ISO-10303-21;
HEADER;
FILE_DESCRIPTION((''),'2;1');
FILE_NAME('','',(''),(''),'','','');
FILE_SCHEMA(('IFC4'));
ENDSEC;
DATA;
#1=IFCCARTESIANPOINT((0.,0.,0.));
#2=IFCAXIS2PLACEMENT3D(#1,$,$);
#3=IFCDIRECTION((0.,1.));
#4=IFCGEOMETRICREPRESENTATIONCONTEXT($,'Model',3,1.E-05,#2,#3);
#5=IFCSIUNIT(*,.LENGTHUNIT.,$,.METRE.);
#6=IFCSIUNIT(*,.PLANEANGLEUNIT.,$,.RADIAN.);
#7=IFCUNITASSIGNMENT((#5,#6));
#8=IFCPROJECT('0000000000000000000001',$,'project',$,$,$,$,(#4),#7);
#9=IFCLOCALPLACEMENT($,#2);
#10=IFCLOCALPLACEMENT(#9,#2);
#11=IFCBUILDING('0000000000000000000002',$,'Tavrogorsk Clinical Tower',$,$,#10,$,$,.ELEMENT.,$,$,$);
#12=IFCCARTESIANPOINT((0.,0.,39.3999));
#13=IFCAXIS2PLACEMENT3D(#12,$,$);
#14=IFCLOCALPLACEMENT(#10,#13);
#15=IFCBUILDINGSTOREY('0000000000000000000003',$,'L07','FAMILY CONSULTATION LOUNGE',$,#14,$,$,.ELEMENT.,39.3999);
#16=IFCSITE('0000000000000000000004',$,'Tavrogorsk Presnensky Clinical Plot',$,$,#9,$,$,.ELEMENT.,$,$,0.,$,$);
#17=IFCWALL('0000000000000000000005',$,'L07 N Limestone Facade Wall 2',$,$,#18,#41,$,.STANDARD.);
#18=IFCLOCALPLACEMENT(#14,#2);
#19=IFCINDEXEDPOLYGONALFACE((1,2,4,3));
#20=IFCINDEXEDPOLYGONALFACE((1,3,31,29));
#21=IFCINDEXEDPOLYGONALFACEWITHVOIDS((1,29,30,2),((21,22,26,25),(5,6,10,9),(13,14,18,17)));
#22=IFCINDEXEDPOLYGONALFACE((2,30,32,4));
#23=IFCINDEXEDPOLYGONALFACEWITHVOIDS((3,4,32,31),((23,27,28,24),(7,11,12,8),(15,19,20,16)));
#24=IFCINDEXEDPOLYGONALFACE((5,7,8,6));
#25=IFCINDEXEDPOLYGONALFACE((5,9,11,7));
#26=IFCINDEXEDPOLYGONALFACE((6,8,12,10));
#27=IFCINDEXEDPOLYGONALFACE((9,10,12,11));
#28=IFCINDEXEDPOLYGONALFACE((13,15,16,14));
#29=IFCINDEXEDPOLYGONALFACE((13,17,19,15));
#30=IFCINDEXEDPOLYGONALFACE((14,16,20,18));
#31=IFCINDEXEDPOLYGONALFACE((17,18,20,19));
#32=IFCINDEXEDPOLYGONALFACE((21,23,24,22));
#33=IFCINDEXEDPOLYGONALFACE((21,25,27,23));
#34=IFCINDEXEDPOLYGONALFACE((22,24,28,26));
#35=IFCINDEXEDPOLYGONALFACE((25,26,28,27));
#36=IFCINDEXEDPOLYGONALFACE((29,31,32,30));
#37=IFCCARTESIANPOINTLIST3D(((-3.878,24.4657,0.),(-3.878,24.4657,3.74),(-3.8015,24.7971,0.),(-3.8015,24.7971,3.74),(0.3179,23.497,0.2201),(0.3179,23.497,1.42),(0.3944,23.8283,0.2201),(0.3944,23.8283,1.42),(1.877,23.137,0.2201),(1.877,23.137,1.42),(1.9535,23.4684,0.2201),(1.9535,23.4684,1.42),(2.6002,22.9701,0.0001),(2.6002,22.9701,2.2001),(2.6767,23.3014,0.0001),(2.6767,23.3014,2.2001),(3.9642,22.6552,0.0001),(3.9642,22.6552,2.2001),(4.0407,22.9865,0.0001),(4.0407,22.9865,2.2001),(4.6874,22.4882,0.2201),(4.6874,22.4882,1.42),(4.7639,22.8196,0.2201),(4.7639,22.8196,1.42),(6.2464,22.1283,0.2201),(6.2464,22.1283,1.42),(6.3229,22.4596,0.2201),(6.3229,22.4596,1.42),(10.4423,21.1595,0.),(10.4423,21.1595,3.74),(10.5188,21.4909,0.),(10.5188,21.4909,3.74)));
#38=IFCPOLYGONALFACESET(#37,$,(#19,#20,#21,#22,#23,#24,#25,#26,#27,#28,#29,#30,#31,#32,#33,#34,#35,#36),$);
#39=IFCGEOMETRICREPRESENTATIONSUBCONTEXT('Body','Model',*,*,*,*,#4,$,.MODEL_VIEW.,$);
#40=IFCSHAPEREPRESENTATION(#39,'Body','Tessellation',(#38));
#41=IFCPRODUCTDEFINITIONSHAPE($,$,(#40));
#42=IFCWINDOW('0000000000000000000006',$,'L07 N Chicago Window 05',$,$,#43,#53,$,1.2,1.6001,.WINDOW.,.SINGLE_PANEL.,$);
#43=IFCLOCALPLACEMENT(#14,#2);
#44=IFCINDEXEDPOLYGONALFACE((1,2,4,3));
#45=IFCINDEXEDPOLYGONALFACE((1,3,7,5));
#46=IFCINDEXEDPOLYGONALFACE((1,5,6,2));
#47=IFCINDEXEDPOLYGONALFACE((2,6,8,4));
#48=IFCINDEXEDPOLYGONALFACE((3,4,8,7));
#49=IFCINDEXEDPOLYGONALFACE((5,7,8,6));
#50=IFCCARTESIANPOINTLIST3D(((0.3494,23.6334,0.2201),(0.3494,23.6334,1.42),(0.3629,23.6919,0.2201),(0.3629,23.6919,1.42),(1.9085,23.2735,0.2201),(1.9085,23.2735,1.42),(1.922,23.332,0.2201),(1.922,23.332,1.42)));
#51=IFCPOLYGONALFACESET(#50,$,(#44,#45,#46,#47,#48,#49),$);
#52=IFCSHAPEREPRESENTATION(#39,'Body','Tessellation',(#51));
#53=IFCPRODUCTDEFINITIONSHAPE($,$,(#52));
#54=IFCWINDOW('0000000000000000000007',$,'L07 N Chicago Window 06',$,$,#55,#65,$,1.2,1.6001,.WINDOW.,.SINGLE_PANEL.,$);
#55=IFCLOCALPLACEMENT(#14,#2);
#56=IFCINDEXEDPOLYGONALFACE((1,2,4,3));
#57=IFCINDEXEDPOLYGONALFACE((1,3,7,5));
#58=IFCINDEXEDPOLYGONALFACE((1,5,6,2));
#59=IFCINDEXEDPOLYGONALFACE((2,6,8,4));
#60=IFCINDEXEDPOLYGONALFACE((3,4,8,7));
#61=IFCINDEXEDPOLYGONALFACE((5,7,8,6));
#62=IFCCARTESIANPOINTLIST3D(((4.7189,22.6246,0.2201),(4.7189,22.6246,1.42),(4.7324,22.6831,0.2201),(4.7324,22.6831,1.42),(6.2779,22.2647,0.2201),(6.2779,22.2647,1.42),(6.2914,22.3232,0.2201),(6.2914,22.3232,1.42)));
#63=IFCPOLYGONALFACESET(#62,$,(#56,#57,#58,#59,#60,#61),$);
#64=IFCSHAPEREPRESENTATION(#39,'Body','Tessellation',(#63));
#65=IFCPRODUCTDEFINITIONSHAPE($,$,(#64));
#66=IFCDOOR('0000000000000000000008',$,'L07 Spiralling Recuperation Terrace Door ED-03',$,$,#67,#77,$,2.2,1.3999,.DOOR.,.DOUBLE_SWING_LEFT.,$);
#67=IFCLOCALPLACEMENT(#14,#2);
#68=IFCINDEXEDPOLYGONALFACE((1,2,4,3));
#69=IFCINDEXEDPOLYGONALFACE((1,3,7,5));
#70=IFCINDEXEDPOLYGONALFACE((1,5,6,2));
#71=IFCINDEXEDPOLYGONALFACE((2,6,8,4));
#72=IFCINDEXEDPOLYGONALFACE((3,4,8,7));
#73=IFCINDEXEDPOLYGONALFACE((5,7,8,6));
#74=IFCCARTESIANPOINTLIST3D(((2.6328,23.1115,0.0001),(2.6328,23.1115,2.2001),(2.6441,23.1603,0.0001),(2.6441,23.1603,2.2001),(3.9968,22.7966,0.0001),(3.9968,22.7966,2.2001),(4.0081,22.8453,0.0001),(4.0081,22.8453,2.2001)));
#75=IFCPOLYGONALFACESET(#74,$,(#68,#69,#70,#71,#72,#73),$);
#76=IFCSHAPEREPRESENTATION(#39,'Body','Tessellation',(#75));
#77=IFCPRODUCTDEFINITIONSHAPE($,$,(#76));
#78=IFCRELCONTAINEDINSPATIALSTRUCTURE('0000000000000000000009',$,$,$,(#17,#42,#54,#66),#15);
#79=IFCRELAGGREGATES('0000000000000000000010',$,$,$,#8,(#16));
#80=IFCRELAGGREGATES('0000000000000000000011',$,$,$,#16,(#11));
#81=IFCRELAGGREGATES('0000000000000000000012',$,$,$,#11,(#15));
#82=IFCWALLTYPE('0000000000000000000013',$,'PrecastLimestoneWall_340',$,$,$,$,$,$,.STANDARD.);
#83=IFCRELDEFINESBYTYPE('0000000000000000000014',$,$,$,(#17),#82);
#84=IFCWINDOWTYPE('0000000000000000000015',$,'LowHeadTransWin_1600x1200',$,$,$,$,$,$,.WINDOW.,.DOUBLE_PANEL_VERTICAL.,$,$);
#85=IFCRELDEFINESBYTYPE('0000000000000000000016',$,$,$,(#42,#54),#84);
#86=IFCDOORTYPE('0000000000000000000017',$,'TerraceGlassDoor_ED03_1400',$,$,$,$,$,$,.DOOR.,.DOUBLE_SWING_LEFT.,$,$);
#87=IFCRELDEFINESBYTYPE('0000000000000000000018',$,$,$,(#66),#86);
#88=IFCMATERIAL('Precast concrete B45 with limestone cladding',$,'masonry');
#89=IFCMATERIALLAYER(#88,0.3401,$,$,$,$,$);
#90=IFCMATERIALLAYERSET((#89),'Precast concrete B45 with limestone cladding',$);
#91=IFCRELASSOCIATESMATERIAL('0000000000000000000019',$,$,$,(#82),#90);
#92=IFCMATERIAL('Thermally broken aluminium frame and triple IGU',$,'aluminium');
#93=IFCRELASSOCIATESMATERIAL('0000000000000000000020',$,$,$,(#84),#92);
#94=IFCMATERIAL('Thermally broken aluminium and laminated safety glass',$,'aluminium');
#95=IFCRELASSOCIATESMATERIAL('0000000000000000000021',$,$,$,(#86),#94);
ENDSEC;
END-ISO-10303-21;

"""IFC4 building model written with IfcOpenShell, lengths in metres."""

from ifc_helpers import new_model, si_unit, direction, frame, frame_2d, origin, place, context, subcontext, project, spatial, rectangle, extrude, material, layer, layer_set, type_object, element, fill, save


model = new_model("IFC4")

# Units and contexts
model_context = context("Model", 3, precision=1e-05, world=origin(), true_north=direction((0.0, 1.0)))
body_context = subcontext(model_context, "Body", "Model", "MODEL_VIEW")
ifc_project = project(units=[si_unit("LENGTHUNIT", "METRE"), si_unit("PLANEANGLEUNIT", "RADIAN")], contexts=[model_context])

# Site, building, storey
site_placement = place(None, origin())
site = spatial("IfcSite", under=ifc_project, at=site_placement, Name="Tavrogorsk Presnensky Clinical Plot", CompositionType="ELEMENT", RefElevation=0.0)
building_placement = place(site_placement, origin())
building = spatial("IfcBuilding", under=site, at=building_placement, Name="Tavrogorsk Clinical Tower", CompositionType="ELEMENT")
storey_placement = place(building_placement, frame((0.0, 0.0, 39.3999)))
storey = spatial("IfcBuildingStorey", under=building, at=storey_placement, Name="L07", Description="FAMILY CONSULTATION LOUNGE", CompositionType="ELEMENT", Elevation=39.3999)

# Wall, openings, windows, door
ifc_material_1 = material(Name="Precast concrete B45 with limestone cladding", Category="masonry")
ifc_layer_1 = layer(ifc_material_1, 0.3401)
ifc_layer_set_1 = layer_set([ifc_layer_1], Name="Precast concrete B45 with limestone cladding")
wall_type_1 = type_object("IfcWallType", Name="PrecastLimestoneWall_340", PredefinedType="STANDARD", material=ifc_layer_set_1)
wall_1_placement = place(storey_placement, frame((10.4807, 21.3252, 0.0), z_axis=(0.0, 0.0, 1.0), x_axis=(-0.974369, 0.224954, 0.0)))
wall_1 = element("IfcWall", 1, at=wall_1_placement, inside=storey, type_object=wall_type_1, Name="L07 N Limestone Facade Wall 2", PredefinedType="STANDARD", context=body_context, shape_type="SweptSolid", body=[
    extrude(rectangle(XDim=14.697, YDim=0.3401, at=frame_2d((7.3486, 0.0))), origin(), (0.0, 0.0, 1.0), 3.74),
])
opening_1_placement = place(wall_1_placement, frame((6.6487, 0.0, 0.0)))
opening_1 = element("IfcOpeningElement", 2, at=opening_1_placement, cuts=wall_1, PredefinedType="OPENING", context=body_context, shape_type="SweptSolid", body=[
    extrude(rectangle(XDim=1.3999, YDim=2.2, at=frame_2d((0.7, 1.1001))), frame((0.0, 0.1799, 0.0), z_axis=(0.0, -1.0, 0.0), x_axis=(1.0, 0.0, 0.0)), (0.0, 0.0, 1.0), 0.3601),
])
opening_2_placement = place(wall_1_placement, frame((8.7908, 0.0, 0.22)))
opening_2 = element("IfcOpeningElement", 3, at=opening_2_placement, cuts=wall_1, PredefinedType="OPENING", context=body_context, shape_type="SweptSolid", body=[
    extrude(rectangle(XDim=1.6001, YDim=1.2, at=frame_2d((0.8, 0.6001))), frame((0.0, 0.1799, 0.0), z_axis=(0.0, -1.0, 0.0), x_axis=(1.0, 0.0, 0.0)), (0.0, 0.0, 1.0), 0.3601),
])
opening_3_placement = place(wall_1_placement, frame((4.3064, 0.0, 0.22)))
opening_3 = element("IfcOpeningElement", 4, at=opening_3_placement, cuts=wall_1, PredefinedType="OPENING", context=body_context, shape_type="SweptSolid", body=[
    extrude(rectangle(XDim=1.6001, YDim=1.2, at=frame_2d((0.8, 0.6001))), frame((0.0, 0.1799, 0.0), z_axis=(0.0, -1.0, 0.0), x_axis=(1.0, 0.0, 0.0)), (0.0, 0.0, 1.0), 0.3601),
])
ifc_material_2 = material(Name="Thermally broken aluminium frame and triple IGU", Category="aluminium")
window_type = type_object("IfcWindowType", Name="LowHeadTransWin_1600x1200", PartitioningType="DOUBLE_PANEL_VERTICAL", PredefinedType="WINDOW", material=ifc_material_2)
window_1_placement = place(opening_2_placement, origin())
window_1 = element("IfcWindow", 5, at=window_1_placement, inside=storey, type_object=window_type, Name="L07 N Chicago Window 05", OverallHeight=1.2, OverallWidth=1.6001, PartitioningType="SINGLE_PANEL", PredefinedType="WINDOW", context=body_context, shape_type="SweptSolid", body=[
    extrude(rectangle(XDim=1.6001, YDim=1.2, at=frame_2d((0.8, 0.6001))), frame((0.0, 0.03, 0.0), z_axis=(0.0, -1.0, 0.0), x_axis=(1.0, 0.0, 0.0)), (0.0, 0.0, 1.0), 0.0601),
])
fill(opening_2, window_1)
window_2_placement = place(opening_3_placement, origin())
window_2 = element("IfcWindow", 6, at=window_2_placement, inside=storey, type_object=window_type, Name="L07 N Chicago Window 06", OverallHeight=1.2, OverallWidth=1.6001, PartitioningType="SINGLE_PANEL", PredefinedType="WINDOW", context=body_context, shape_type="SweptSolid", body=[
    extrude(rectangle(XDim=1.6001, YDim=1.2, at=frame_2d((0.8, 0.6001))), frame((0.0, 0.03, 0.0), z_axis=(0.0, -1.0, 0.0), x_axis=(1.0, 0.0, 0.0)), (0.0, 0.0, 1.0), 0.0601),
])
fill(opening_3, window_2)
ifc_material_3 = material(Name="Thermally broken aluminium and laminated safety glass", Category="aluminium")
door_type_1 = type_object("IfcDoorType", Name="TerraceGlassDoor_ED03_1400", OperationType="DOUBLE_SWING_LEFT", PredefinedType="DOOR", material=ifc_material_3)
door_1_placement = place(opening_1_placement, origin())
door_1 = element("IfcDoor", 7, at=door_1_placement, inside=storey, type_object=door_type_1, Name="L07 Spiralling Recuperation Terrace Door ED-03", OperationType="DOUBLE_SWING_LEFT", OverallHeight=2.2, OverallWidth=1.3999, PredefinedType="DOOR", context=body_context, shape_type="SweptSolid", body=[
    extrude(rectangle(XDim=1.3999, YDim=2.2, at=frame_2d((0.7, 1.1001))), frame((0.0, 0.0249, 0.0), z_axis=(0.0, -1.0, 0.0), x_axis=(1.0, 0.0, 0.0)), (0.0, 0.0, 1.0), 0.05),
])
fill(opening_1, door_1)

save(model, "model.ifc")
